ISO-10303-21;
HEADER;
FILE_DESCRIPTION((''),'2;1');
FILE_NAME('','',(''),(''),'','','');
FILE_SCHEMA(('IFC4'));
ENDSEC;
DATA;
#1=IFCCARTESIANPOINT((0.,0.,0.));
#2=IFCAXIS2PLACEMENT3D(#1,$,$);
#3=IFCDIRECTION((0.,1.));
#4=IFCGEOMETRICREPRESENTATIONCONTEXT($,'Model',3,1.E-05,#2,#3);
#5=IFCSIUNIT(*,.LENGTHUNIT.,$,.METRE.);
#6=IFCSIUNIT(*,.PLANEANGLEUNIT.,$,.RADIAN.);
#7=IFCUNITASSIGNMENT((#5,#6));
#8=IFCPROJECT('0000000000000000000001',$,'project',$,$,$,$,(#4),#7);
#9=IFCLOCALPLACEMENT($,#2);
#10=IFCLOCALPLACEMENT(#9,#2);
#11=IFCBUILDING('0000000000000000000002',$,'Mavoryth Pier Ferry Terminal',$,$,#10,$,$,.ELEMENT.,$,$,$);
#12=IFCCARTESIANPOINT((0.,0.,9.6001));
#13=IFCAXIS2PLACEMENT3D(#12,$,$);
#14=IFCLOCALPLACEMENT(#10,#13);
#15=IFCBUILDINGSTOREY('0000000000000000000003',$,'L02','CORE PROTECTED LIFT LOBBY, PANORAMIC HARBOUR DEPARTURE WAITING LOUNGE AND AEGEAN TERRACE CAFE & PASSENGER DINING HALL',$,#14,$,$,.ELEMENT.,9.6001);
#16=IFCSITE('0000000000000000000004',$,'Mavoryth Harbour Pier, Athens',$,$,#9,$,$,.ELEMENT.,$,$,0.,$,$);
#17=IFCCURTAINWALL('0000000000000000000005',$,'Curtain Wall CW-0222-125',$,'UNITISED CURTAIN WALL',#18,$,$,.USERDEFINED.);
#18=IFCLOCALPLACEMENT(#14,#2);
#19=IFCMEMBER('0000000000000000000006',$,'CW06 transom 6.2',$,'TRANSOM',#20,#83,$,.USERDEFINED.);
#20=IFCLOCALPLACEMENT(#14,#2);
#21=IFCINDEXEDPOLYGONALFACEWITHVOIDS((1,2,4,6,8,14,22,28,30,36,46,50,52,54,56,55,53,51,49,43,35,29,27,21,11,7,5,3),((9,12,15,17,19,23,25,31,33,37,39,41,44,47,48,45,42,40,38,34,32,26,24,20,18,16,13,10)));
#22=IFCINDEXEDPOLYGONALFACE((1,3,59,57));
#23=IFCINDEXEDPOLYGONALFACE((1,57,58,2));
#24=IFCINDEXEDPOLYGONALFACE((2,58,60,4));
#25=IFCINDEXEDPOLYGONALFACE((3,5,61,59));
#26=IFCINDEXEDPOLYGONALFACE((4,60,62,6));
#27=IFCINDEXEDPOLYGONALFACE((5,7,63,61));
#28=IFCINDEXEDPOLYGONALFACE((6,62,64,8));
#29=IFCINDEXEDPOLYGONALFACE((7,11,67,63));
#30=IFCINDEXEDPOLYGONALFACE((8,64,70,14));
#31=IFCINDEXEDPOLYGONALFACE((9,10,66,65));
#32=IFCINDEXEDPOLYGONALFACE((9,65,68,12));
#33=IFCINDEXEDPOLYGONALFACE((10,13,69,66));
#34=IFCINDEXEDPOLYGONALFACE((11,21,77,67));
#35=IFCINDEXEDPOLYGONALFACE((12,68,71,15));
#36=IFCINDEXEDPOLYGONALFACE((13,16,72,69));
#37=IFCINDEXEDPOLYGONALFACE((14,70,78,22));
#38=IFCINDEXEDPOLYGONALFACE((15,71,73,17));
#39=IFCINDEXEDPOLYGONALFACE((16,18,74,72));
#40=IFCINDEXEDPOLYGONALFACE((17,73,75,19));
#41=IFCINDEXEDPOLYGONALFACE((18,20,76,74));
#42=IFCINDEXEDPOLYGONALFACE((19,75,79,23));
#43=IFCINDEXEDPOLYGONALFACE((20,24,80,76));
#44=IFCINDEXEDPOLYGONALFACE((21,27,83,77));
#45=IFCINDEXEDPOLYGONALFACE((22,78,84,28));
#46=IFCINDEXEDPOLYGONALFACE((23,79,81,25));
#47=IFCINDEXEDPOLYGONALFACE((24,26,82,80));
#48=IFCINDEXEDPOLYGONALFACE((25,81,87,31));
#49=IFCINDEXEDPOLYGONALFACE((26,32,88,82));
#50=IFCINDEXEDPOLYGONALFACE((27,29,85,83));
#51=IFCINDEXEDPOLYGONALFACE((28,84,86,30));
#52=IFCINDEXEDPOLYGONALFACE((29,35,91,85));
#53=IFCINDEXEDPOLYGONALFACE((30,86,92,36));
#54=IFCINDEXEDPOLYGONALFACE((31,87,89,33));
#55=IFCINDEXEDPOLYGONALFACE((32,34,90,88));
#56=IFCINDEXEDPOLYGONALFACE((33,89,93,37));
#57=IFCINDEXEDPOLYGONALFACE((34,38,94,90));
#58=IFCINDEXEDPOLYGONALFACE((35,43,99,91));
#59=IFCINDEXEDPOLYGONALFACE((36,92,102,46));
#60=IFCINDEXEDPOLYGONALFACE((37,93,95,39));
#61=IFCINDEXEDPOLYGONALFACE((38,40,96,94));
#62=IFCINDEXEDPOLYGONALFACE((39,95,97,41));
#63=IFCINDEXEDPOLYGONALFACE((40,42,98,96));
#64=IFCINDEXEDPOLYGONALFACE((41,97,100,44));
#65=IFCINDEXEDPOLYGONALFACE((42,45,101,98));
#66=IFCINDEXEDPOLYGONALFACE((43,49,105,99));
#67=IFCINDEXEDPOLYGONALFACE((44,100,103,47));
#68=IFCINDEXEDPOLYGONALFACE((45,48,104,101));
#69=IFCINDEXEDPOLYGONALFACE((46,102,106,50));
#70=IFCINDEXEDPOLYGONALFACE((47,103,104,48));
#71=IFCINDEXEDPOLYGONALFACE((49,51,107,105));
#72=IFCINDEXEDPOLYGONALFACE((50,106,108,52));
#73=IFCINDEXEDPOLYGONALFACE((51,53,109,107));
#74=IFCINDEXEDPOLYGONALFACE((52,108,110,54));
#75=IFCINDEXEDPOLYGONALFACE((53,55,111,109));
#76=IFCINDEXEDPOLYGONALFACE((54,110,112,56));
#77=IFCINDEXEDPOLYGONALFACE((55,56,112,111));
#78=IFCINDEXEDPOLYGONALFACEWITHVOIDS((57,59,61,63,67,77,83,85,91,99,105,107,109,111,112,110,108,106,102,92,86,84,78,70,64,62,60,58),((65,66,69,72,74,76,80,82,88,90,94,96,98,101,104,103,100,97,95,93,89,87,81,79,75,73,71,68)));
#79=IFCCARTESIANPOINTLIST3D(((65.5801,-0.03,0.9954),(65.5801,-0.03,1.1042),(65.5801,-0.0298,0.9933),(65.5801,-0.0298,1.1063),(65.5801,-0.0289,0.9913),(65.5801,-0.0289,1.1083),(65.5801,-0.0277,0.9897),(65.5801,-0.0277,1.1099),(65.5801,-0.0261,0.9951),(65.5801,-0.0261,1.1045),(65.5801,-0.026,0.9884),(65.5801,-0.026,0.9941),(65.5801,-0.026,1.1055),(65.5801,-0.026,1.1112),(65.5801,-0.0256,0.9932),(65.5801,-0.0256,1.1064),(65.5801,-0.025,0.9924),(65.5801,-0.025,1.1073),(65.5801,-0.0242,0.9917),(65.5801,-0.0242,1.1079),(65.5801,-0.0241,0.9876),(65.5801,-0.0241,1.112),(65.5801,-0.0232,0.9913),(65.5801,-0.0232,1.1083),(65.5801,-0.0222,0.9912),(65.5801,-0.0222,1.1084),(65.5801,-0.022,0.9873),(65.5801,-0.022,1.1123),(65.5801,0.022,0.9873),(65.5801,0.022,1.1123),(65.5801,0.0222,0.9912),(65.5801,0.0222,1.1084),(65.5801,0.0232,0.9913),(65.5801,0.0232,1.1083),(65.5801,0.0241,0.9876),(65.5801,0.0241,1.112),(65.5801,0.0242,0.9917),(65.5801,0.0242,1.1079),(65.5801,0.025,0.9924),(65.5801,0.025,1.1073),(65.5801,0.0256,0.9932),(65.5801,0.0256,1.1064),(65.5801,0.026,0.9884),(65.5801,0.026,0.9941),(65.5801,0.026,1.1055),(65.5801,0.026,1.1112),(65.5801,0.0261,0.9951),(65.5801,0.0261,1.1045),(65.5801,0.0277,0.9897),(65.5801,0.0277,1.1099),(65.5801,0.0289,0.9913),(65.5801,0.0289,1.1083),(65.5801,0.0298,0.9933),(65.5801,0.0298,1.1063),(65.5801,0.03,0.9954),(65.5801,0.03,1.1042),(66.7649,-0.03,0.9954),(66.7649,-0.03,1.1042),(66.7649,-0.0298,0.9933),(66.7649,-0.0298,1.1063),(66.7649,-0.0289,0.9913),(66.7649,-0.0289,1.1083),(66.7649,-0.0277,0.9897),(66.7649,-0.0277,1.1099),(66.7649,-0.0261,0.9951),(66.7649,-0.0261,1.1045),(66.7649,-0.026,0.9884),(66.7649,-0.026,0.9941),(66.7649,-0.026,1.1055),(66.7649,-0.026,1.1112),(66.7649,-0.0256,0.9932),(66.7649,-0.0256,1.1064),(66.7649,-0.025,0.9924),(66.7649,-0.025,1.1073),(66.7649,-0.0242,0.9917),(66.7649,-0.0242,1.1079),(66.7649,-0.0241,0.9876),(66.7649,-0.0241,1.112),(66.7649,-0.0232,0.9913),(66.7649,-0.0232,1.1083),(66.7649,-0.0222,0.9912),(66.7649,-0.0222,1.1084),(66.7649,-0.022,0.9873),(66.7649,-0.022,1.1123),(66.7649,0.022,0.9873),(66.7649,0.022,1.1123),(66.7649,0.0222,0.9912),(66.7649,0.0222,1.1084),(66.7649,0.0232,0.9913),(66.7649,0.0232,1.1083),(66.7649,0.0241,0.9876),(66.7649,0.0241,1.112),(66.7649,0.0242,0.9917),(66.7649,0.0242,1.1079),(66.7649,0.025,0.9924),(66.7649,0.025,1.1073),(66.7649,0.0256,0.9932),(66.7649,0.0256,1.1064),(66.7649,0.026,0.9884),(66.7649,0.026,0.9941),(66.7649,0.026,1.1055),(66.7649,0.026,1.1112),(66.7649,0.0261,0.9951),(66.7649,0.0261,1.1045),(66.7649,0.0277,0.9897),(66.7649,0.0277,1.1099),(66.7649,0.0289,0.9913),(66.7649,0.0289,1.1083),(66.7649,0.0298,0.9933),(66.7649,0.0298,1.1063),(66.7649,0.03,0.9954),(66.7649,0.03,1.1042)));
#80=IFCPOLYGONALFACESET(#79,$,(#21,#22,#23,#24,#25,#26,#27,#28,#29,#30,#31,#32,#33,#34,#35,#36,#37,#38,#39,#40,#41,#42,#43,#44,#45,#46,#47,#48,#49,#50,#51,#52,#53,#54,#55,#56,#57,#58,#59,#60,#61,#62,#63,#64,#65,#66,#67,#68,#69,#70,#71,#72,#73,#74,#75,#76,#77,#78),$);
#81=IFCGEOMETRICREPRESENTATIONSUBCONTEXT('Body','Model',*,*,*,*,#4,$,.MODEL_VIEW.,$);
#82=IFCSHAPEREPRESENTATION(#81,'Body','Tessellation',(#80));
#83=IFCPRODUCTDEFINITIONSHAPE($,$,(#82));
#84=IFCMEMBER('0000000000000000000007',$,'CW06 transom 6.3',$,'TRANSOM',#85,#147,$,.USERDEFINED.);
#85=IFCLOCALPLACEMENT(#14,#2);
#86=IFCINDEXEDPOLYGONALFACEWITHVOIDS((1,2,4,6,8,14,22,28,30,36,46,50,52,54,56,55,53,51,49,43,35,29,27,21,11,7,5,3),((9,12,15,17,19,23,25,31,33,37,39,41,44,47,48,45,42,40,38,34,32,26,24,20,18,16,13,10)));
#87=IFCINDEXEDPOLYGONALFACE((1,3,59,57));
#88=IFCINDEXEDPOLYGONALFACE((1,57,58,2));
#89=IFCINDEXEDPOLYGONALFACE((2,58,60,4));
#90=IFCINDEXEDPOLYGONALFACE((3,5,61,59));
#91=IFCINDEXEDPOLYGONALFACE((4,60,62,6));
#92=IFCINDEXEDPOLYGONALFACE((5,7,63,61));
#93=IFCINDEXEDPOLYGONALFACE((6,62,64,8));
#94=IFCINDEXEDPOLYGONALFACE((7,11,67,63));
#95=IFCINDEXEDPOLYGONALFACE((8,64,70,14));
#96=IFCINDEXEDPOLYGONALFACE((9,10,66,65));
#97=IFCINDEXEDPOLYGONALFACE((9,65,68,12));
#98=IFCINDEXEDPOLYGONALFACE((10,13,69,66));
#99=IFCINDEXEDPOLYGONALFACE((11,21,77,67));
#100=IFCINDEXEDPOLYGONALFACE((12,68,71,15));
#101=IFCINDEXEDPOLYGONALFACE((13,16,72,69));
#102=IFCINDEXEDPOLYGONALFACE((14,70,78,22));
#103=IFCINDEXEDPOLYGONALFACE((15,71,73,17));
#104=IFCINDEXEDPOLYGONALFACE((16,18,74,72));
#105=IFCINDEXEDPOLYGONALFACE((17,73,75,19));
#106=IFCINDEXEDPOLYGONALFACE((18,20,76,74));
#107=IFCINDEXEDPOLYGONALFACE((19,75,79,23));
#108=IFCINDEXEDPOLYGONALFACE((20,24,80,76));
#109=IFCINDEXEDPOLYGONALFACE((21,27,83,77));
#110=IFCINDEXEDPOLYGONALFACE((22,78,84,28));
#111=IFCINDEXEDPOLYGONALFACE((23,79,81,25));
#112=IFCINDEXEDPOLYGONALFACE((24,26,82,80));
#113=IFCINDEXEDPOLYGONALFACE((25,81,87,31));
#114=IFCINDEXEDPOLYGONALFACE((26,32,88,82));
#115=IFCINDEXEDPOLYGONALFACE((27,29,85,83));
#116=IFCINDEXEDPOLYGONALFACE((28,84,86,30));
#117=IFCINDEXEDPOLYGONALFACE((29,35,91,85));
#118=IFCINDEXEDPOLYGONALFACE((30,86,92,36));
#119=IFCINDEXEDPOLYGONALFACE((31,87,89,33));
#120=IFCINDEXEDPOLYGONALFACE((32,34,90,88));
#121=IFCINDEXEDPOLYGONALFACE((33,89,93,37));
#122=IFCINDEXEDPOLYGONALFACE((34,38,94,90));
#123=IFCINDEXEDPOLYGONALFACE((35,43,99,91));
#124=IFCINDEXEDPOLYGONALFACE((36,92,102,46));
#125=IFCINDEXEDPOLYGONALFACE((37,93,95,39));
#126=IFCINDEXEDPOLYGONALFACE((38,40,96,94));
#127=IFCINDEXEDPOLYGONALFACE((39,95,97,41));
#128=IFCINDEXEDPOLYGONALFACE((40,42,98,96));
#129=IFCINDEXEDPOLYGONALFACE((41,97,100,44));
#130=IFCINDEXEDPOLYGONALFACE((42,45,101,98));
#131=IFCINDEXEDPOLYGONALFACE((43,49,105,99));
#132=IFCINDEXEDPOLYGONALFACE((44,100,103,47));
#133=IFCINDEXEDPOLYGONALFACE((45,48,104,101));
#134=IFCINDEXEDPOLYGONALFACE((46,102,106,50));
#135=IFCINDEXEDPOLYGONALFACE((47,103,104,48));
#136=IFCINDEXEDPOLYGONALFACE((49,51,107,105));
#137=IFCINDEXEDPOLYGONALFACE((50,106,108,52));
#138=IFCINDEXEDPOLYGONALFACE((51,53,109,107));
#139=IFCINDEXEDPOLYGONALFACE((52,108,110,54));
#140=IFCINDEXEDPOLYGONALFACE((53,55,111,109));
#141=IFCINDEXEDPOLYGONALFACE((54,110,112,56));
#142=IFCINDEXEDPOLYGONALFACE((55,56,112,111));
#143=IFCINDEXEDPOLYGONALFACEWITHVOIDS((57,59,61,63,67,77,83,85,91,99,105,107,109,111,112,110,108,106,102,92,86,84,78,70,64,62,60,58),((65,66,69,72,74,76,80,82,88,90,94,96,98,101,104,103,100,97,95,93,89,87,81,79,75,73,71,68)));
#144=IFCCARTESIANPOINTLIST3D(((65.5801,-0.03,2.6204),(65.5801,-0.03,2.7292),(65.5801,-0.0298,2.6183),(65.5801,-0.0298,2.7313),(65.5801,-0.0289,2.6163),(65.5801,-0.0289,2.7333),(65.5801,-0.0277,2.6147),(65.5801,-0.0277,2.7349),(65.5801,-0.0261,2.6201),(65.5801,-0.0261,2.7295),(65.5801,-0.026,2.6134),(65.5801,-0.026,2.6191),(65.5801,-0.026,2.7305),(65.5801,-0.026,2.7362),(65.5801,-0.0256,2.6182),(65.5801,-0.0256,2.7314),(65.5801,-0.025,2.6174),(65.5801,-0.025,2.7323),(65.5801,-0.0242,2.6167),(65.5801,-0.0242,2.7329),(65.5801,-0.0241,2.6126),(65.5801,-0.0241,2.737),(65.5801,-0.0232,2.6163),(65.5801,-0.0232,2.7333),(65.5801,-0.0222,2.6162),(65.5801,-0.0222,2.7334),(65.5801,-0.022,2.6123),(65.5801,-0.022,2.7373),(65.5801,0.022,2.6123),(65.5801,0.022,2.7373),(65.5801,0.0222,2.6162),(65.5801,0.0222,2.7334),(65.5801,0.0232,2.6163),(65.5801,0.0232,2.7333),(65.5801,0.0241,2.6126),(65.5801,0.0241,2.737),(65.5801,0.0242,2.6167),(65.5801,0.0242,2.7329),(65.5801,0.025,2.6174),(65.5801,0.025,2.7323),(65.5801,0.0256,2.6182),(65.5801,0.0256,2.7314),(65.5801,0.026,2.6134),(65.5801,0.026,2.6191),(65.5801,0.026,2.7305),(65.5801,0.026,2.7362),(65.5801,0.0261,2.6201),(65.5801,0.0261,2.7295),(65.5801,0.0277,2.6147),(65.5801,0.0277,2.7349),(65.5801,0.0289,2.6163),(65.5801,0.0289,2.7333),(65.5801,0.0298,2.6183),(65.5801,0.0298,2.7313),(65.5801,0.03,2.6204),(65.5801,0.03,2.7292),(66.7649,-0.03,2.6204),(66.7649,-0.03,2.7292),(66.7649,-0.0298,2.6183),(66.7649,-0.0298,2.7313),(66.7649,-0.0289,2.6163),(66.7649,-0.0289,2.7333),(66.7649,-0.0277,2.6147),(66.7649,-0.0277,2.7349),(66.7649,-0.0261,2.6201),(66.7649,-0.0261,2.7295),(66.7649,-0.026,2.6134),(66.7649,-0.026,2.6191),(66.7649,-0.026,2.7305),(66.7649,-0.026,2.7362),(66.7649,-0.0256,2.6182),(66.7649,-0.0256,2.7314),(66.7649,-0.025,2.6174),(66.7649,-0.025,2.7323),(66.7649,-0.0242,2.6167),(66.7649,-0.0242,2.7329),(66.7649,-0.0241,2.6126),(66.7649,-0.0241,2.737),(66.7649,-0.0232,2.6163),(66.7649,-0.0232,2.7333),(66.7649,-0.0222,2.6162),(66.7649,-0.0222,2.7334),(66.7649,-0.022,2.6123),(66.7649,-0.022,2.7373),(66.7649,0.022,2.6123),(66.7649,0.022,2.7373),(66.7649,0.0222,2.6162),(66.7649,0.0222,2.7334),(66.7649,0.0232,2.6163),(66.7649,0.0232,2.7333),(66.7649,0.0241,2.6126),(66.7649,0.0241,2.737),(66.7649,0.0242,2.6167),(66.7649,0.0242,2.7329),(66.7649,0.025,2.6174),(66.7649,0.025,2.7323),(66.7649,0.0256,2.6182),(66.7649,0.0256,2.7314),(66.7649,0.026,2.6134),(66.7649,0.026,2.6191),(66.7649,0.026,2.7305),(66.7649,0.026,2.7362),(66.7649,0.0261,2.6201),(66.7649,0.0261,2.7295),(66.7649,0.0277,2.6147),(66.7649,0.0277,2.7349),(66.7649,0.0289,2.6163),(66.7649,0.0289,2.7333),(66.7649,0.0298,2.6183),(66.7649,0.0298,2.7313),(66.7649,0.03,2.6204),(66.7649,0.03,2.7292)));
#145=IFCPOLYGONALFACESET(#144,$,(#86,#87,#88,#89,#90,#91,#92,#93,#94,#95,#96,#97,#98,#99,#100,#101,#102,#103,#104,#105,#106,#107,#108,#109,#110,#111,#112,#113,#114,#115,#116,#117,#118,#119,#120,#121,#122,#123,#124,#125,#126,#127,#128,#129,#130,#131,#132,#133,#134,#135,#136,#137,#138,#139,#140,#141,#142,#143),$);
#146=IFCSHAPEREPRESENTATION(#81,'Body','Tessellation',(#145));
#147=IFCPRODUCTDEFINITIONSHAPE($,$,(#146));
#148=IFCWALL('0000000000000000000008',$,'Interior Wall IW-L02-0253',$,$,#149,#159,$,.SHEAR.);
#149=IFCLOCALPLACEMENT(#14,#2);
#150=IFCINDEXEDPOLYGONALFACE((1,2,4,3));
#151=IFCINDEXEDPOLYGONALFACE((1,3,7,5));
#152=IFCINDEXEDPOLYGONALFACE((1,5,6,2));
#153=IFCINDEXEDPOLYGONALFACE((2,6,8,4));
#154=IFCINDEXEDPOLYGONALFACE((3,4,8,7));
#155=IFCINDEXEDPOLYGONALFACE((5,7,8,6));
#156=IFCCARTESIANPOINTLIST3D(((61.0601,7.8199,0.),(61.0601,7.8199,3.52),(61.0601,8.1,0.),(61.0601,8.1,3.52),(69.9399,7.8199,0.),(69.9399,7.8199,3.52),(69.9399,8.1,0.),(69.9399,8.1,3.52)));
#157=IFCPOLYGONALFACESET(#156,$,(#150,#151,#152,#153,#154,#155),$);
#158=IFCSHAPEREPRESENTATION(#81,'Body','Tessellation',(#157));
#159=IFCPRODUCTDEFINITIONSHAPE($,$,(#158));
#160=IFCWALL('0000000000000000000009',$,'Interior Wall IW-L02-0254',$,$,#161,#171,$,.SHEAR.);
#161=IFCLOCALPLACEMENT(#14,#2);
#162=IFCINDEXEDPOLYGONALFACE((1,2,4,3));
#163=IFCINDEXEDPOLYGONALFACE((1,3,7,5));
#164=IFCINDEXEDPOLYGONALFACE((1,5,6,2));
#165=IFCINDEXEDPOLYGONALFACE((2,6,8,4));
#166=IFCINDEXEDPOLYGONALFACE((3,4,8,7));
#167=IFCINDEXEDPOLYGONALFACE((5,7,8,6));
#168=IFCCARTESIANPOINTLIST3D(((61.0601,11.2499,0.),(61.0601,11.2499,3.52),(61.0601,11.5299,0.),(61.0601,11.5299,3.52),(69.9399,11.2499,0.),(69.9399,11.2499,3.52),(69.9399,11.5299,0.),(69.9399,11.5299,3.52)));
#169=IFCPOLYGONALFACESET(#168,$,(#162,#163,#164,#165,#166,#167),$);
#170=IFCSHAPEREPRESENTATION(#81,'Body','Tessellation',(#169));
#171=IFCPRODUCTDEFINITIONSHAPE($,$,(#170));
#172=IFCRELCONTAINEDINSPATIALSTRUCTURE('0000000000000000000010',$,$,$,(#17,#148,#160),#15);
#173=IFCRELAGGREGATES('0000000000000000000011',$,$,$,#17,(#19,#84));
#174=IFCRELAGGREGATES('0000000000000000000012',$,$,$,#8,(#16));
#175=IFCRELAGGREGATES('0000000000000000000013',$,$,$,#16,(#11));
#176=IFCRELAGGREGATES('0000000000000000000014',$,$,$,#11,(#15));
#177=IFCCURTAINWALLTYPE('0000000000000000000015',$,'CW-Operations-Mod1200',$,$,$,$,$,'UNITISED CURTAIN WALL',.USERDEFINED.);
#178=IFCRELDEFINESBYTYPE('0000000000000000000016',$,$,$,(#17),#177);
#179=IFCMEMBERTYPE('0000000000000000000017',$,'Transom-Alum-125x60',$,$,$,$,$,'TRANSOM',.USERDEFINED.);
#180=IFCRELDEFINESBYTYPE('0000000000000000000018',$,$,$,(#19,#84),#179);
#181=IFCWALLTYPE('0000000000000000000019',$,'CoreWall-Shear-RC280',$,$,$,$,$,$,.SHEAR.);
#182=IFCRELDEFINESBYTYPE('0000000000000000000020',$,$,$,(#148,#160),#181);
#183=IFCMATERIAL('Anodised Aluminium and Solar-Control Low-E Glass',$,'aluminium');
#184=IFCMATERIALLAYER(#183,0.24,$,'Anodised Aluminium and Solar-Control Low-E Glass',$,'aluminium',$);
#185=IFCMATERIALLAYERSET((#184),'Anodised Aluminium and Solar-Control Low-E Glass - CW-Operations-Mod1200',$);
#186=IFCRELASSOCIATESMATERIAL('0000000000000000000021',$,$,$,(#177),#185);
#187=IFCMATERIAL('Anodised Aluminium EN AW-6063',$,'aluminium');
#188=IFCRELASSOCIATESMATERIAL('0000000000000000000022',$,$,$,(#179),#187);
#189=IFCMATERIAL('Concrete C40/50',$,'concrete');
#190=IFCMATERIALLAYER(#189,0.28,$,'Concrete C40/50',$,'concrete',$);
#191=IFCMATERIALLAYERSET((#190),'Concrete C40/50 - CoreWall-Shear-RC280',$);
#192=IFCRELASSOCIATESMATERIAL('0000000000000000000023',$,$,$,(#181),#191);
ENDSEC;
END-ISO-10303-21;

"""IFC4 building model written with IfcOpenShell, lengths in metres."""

from ifc_helpers import new_model, si_unit, direction, frame, frame_2d, origin, origin_2d, place, context, subcontext, project, spatial, rectangle, hollow_rectangle, extrude, material, layer, layer_set, material_profile, profile_set, type_object, element, aggregate, save


model = new_model("IFC4")

# Units and contexts
model_context = context("Model", 3, precision=1e-05, world=origin(), true_north=direction((0.0, 1.0)))
body_context = subcontext(model_context, "Body", "Model", "MODEL_VIEW")
ifc_project = project(units=[si_unit("LENGTHUNIT", "METRE"), si_unit("PLANEANGLEUNIT", "RADIAN")], contexts=[model_context])

# Site, building, storey
site_placement = place(None, origin())
site = spatial("IfcSite", under=ifc_project, at=site_placement, Name="Mavoryth Harbour Pier, Athens", CompositionType="ELEMENT", RefElevation=0.0)
building_placement = place(site_placement, origin())
building = spatial("IfcBuilding", under=site, at=building_placement, Name="Mavoryth Pier Ferry Terminal", CompositionType="ELEMENT")
storey_placement = place(building_placement, frame((0.0, 0.0, 9.6001)))
storey = spatial("IfcBuildingStorey", under=building, at=storey_placement, Name="L02", Description="CORE PROTECTED LIFT LOBBY, PANORAMIC HARBOUR DEPARTURE WAITING LOUNGE AND AEGEAN TERRACE CAFE & PASSENGER DINING HALL", CompositionType="ELEMENT", Elevation=9.6001)

# Curtain wall, members
ifc_material_1 = material(Name="Anodised Aluminium and Solar-Control Low-E Glass", Category="aluminium")
ifc_layer_1 = layer(ifc_material_1, 0.24, Name="Anodised Aluminium and Solar-Control Low-E Glass", Category="aluminium")
ifc_layer_set_1 = layer_set([ifc_layer_1], Name="Anodised Aluminium and Solar-Control Low-E Glass - CW-Operations-Mod1200")
curtain_wall_type = type_object("IfcCurtainWallType", Name="CW-Operations-Mod1200", ElementType="UNITISED CURTAIN WALL", PredefinedType="USERDEFINED", material=ifc_layer_set_1)
curtain_wall_placement = place(storey_placement, origin())
curtain_wall = element("IfcCurtainWall", 1, at=curtain_wall_placement, inside=storey, type_object=curtain_wall_type, Name="Curtain Wall CW-0222-125", ObjectType="UNITISED CURTAIN WALL", PredefinedType="USERDEFINED")
ifc_material_2 = material(Name="Anodised Aluminium EN AW-6063", Category="aluminium")
ifc_material_profile_1 = material_profile(ifc_material_2, hollow_rectangle(XDim=0.0601, YDim=0.125, WallThickness=0.0039, InnerFilletRadius=0.0039, OuterFilletRadius=0.0081, at=origin_2d()), Name="AL-TRAN 125x60x4", Category="aluminium")
ifc_profile_set_1 = profile_set([ifc_material_profile_1], Name="Anodised Aluminium EN AW-6063 - AL-TRAN 125x60x4")
member_type = type_object("IfcMemberType", Name="Transom-Alum-125x60", ElementType="TRANSOM", PredefinedType="USERDEFINED", material=ifc_profile_set_1)
member_1_placement = place(storey_placement, frame((65.5801, 0.0, 1.0498), z_axis=(1.0, 0.0, 0.0), x_axis=(0.0, 1.0, 0.0)))
member_1 = element("IfcMember", 2, at=member_1_placement, type_object=member_type, Name="CW06 transom 6.2", ObjectType="TRANSOM", PredefinedType="USERDEFINED", context=body_context, shape_type="SweptSolid", body=[
    extrude(hollow_rectangle(XDim=0.0601, YDim=0.125, WallThickness=0.0039, InnerFilletRadius=0.0039, OuterFilletRadius=0.0081, at=origin_2d()), origin(), (0.0, 0.0, 1.0), 1.1848),
])
member_2_placement = place(storey_placement, frame((65.5801, 0.0, 2.6748), z_axis=(1.0, 0.0, 0.0), x_axis=(0.0, 1.0, 0.0)))
member_2 = element("IfcMember", 3, at=member_2_placement, type_object=member_type, Name="CW06 transom 6.3", ObjectType="TRANSOM", PredefinedType="USERDEFINED", context=body_context, shape_type="SweptSolid", body=[
    extrude(hollow_rectangle(XDim=0.0601, YDim=0.125, WallThickness=0.0039, InnerFilletRadius=0.0039, OuterFilletRadius=0.0081, at=origin_2d()), origin(), (0.0, 0.0, 1.0), 1.1848),
])
aggregate(curtain_wall, [member_1, member_2])

# Walls
ifc_material_3 = material(Name="Concrete C40/50", Category="concrete")
ifc_layer_2 = layer(ifc_material_3, 0.28, Name="Concrete C40/50", Category="concrete")
ifc_layer_set_2 = layer_set([ifc_layer_2], Name="Concrete C40/50 - CoreWall-Shear-RC280")
wall_type_1 = type_object("IfcWallType", Name="CoreWall-Shear-RC280", PredefinedType="SHEAR", material=ifc_layer_set_2)
for number, where, z_axis, x_axis, name in (
    (4, (61.0601, 7.96, 0.0), (0.0, 0.0, 1.0), (1.0, 0.0, 0.0), "Interior Wall IW-L02-0253"),
    (5, (61.0601, 11.3899, 0.0), (0.0, 0.0, 1.0), (1.0, 0.0, 0.0), "Interior Wall IW-L02-0254"),
):
    element("IfcWall", number, at=place(storey_placement, frame(where, z_axis=z_axis, x_axis=x_axis)), inside=storey, type_object=wall_type_1, Name=name, PredefinedType="SHEAR", context=body_context, shape_type="SweptSolid", body=[
        extrude(rectangle(XDim=8.8799, YDim=0.28, at=frame_2d((4.4399, 0.0))), origin(), (0.0, 0.0, 1.0), 3.52),
    ])

save(model, "model.ifc")
